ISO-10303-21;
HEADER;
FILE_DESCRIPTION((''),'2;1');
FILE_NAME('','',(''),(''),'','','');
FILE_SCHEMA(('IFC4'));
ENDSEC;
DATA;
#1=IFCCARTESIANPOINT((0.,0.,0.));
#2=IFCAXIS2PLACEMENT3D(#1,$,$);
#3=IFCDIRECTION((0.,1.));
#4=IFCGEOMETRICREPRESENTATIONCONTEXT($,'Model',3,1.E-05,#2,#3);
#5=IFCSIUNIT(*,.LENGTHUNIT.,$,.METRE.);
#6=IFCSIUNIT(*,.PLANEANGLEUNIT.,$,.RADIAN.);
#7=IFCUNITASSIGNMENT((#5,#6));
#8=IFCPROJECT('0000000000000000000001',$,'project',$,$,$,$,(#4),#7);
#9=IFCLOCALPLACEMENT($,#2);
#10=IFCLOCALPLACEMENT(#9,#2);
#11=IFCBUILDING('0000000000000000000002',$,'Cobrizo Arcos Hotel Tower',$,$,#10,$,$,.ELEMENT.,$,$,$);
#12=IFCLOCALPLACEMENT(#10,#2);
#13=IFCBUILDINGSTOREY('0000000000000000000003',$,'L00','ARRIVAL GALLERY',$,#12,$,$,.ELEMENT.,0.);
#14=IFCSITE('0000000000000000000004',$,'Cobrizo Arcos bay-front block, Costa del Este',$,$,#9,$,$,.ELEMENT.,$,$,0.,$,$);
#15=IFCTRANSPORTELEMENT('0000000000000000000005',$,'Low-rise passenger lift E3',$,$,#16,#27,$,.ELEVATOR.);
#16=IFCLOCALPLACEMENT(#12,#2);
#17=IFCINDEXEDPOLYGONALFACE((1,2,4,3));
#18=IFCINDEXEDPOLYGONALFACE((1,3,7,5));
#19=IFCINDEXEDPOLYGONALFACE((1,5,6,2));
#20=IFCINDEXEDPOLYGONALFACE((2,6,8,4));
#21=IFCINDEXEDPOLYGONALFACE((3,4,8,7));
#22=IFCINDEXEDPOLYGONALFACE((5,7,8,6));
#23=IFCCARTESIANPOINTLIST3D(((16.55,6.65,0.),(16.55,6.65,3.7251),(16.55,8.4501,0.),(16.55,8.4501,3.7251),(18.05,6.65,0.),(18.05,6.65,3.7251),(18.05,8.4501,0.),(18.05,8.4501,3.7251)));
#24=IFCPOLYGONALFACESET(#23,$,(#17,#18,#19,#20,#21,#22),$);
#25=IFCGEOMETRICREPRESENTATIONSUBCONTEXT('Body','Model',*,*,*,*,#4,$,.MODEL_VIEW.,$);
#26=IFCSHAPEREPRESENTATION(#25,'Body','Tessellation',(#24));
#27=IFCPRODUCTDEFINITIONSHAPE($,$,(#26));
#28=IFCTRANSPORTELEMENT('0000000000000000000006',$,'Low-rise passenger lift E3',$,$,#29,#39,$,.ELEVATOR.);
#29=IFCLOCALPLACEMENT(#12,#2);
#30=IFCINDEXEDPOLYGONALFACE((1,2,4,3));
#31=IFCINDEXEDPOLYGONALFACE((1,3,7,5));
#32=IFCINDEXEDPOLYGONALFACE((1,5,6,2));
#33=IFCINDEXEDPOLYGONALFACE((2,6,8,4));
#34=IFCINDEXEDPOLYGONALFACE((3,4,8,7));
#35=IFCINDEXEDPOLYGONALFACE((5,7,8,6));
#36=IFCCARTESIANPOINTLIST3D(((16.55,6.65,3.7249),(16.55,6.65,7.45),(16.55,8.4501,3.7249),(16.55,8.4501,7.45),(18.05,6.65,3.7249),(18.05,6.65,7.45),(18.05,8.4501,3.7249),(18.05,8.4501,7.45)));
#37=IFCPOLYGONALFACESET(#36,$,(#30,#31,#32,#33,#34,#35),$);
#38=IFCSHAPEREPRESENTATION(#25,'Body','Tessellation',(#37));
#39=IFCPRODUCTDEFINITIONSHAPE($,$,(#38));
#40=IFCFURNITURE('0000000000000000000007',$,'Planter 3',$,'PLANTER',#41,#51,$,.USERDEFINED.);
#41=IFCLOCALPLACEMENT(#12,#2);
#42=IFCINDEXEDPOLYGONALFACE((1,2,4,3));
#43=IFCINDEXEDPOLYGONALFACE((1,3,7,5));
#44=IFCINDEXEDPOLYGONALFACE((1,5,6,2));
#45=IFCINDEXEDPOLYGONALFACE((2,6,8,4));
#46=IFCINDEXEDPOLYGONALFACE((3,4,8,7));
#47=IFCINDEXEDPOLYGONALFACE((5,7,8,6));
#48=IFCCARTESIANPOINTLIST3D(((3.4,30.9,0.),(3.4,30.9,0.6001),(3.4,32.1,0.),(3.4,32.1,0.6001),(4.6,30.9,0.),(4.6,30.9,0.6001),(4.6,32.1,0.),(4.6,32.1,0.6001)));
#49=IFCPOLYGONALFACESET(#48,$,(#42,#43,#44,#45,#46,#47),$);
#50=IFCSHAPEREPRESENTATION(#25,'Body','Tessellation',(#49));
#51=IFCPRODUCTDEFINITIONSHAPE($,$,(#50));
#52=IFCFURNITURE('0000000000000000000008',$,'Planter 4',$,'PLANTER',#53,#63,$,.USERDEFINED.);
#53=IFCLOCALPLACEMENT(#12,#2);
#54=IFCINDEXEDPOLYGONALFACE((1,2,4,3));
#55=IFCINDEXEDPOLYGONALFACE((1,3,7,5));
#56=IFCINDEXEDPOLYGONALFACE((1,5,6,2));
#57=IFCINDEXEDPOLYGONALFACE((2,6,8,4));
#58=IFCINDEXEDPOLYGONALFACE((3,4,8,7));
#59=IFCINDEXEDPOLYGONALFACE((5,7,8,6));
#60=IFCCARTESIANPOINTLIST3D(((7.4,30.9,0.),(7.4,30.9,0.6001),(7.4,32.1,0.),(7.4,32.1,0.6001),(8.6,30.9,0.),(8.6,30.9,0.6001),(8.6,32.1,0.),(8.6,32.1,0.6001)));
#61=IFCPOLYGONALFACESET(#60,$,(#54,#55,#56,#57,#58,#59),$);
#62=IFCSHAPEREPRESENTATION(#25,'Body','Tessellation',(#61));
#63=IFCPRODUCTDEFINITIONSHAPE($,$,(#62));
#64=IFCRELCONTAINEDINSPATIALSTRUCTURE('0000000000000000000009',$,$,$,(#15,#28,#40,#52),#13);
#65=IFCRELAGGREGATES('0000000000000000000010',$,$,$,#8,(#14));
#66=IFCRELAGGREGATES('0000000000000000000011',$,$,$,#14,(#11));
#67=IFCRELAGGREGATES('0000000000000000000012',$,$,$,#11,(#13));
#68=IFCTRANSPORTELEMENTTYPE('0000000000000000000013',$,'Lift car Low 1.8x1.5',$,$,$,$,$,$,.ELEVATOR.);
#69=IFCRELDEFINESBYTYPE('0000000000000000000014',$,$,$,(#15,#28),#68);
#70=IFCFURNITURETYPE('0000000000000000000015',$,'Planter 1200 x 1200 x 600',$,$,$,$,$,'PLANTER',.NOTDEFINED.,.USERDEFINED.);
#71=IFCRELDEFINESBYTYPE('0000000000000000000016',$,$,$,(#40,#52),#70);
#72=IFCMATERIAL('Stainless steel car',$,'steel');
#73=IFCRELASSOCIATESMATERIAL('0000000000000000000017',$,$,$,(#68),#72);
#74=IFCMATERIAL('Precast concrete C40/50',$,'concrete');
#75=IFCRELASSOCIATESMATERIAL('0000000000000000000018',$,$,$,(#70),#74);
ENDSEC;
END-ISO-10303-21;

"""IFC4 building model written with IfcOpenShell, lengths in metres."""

from ifc_helpers import new_model, si_unit, direction, frame, origin, origin_2d, place, context, subcontext, project, spatial, rectangle, extrude, material, type_object, element, save


model = new_model("IFC4")

# Units and contexts
model_context = context("Model", 3, precision=1e-05, world=origin(), true_north=direction((0.0, 1.0)))
body_context = subcontext(model_context, "Body", "Model", "MODEL_VIEW")
ifc_project = project(units=[si_unit("LENGTHUNIT", "METRE"), si_unit("PLANEANGLEUNIT", "RADIAN")], contexts=[model_context])

# Site, building, storey
site_placement = place(None, origin())
site = spatial("IfcSite", under=ifc_project, at=site_placement, Name="Cobrizo Arcos bay-front block, Costa del Este", CompositionType="ELEMENT", RefElevation=0.0)
building_placement = place(site_placement, origin())
building = spatial("IfcBuilding", under=site, at=building_placement, Name="Cobrizo Arcos Hotel Tower", CompositionType="ELEMENT")
storey_placement = place(building_placement, origin())
storey = spatial("IfcBuildingStorey", under=building, at=storey_placement, Name="L00", Description="ARRIVAL GALLERY", CompositionType="ELEMENT", Elevation=0.0)

# Transport elements
ifc_material_1 = material(Name="Stainless steel car", Category="steel")
transport_element_type = type_object("IfcTransportElementType", Name="Lift car Low 1.8x1.5", PredefinedType="ELEVATOR", material=ifc_material_1)
for number, where, z_axis, x_axis, name in (
    (1, (17.3, 7.55, 0.0), (0.0, 0.0, 1.0), (1.0, 0.0, 0.0), "Low-rise passenger lift E3"),
    (2, (17.3, 7.55, 3.7249), (0.0, 0.0, 1.0), (1.0, 0.0, 0.0), "Low-rise passenger lift E3"),
):
    element("IfcTransportElement", number, at=place(storey_placement, frame(where, z_axis=z_axis, x_axis=x_axis)), inside=storey, type_object=transport_element_type, Name=name, PredefinedType="ELEVATOR", context=body_context, shape_type="SweptSolid", body=[
        extrude(rectangle(XDim=1.5, YDim=1.8, at=origin_2d()), origin(), (0.0, 0.0, 1.0), 3.7251),
    ])

# Furniture
ifc_material_2 = material(Name="Precast concrete C40/50", Category="concrete")
furniture_type = type_object("IfcFurnitureType", Name="Planter 1200 x 1200 x 600", ElementType="PLANTER", AssemblyPlace="NOTDEFINED", PredefinedType="USERDEFINED", material=ifc_material_2)
for number, where, z_axis, x_axis, name in (
    (3, (4.0, 31.5, 0.0), (0.0, 0.0, 1.0), (1.0, 0.0, 0.0), "Planter 3"),
    (4, (8.0, 31.5, 0.0), (0.0, 0.0, 1.0), (1.0, 0.0, 0.0), "Planter 4"),
):
    element("IfcFurniture", number, at=place(storey_placement, frame(where, z_axis=z_axis, x_axis=x_axis)), inside=storey, type_object=furniture_type, Name=name, ObjectType="PLANTER", PredefinedType="USERDEFINED", context=body_context, shape_type="SweptSolid", body=[
        extrude(rectangle(XDim=1.2, YDim=1.2, at=origin_2d()), origin(), (0.0, 0.0, 1.0), 0.6001),
    ])

save(model, "model.ifc")
